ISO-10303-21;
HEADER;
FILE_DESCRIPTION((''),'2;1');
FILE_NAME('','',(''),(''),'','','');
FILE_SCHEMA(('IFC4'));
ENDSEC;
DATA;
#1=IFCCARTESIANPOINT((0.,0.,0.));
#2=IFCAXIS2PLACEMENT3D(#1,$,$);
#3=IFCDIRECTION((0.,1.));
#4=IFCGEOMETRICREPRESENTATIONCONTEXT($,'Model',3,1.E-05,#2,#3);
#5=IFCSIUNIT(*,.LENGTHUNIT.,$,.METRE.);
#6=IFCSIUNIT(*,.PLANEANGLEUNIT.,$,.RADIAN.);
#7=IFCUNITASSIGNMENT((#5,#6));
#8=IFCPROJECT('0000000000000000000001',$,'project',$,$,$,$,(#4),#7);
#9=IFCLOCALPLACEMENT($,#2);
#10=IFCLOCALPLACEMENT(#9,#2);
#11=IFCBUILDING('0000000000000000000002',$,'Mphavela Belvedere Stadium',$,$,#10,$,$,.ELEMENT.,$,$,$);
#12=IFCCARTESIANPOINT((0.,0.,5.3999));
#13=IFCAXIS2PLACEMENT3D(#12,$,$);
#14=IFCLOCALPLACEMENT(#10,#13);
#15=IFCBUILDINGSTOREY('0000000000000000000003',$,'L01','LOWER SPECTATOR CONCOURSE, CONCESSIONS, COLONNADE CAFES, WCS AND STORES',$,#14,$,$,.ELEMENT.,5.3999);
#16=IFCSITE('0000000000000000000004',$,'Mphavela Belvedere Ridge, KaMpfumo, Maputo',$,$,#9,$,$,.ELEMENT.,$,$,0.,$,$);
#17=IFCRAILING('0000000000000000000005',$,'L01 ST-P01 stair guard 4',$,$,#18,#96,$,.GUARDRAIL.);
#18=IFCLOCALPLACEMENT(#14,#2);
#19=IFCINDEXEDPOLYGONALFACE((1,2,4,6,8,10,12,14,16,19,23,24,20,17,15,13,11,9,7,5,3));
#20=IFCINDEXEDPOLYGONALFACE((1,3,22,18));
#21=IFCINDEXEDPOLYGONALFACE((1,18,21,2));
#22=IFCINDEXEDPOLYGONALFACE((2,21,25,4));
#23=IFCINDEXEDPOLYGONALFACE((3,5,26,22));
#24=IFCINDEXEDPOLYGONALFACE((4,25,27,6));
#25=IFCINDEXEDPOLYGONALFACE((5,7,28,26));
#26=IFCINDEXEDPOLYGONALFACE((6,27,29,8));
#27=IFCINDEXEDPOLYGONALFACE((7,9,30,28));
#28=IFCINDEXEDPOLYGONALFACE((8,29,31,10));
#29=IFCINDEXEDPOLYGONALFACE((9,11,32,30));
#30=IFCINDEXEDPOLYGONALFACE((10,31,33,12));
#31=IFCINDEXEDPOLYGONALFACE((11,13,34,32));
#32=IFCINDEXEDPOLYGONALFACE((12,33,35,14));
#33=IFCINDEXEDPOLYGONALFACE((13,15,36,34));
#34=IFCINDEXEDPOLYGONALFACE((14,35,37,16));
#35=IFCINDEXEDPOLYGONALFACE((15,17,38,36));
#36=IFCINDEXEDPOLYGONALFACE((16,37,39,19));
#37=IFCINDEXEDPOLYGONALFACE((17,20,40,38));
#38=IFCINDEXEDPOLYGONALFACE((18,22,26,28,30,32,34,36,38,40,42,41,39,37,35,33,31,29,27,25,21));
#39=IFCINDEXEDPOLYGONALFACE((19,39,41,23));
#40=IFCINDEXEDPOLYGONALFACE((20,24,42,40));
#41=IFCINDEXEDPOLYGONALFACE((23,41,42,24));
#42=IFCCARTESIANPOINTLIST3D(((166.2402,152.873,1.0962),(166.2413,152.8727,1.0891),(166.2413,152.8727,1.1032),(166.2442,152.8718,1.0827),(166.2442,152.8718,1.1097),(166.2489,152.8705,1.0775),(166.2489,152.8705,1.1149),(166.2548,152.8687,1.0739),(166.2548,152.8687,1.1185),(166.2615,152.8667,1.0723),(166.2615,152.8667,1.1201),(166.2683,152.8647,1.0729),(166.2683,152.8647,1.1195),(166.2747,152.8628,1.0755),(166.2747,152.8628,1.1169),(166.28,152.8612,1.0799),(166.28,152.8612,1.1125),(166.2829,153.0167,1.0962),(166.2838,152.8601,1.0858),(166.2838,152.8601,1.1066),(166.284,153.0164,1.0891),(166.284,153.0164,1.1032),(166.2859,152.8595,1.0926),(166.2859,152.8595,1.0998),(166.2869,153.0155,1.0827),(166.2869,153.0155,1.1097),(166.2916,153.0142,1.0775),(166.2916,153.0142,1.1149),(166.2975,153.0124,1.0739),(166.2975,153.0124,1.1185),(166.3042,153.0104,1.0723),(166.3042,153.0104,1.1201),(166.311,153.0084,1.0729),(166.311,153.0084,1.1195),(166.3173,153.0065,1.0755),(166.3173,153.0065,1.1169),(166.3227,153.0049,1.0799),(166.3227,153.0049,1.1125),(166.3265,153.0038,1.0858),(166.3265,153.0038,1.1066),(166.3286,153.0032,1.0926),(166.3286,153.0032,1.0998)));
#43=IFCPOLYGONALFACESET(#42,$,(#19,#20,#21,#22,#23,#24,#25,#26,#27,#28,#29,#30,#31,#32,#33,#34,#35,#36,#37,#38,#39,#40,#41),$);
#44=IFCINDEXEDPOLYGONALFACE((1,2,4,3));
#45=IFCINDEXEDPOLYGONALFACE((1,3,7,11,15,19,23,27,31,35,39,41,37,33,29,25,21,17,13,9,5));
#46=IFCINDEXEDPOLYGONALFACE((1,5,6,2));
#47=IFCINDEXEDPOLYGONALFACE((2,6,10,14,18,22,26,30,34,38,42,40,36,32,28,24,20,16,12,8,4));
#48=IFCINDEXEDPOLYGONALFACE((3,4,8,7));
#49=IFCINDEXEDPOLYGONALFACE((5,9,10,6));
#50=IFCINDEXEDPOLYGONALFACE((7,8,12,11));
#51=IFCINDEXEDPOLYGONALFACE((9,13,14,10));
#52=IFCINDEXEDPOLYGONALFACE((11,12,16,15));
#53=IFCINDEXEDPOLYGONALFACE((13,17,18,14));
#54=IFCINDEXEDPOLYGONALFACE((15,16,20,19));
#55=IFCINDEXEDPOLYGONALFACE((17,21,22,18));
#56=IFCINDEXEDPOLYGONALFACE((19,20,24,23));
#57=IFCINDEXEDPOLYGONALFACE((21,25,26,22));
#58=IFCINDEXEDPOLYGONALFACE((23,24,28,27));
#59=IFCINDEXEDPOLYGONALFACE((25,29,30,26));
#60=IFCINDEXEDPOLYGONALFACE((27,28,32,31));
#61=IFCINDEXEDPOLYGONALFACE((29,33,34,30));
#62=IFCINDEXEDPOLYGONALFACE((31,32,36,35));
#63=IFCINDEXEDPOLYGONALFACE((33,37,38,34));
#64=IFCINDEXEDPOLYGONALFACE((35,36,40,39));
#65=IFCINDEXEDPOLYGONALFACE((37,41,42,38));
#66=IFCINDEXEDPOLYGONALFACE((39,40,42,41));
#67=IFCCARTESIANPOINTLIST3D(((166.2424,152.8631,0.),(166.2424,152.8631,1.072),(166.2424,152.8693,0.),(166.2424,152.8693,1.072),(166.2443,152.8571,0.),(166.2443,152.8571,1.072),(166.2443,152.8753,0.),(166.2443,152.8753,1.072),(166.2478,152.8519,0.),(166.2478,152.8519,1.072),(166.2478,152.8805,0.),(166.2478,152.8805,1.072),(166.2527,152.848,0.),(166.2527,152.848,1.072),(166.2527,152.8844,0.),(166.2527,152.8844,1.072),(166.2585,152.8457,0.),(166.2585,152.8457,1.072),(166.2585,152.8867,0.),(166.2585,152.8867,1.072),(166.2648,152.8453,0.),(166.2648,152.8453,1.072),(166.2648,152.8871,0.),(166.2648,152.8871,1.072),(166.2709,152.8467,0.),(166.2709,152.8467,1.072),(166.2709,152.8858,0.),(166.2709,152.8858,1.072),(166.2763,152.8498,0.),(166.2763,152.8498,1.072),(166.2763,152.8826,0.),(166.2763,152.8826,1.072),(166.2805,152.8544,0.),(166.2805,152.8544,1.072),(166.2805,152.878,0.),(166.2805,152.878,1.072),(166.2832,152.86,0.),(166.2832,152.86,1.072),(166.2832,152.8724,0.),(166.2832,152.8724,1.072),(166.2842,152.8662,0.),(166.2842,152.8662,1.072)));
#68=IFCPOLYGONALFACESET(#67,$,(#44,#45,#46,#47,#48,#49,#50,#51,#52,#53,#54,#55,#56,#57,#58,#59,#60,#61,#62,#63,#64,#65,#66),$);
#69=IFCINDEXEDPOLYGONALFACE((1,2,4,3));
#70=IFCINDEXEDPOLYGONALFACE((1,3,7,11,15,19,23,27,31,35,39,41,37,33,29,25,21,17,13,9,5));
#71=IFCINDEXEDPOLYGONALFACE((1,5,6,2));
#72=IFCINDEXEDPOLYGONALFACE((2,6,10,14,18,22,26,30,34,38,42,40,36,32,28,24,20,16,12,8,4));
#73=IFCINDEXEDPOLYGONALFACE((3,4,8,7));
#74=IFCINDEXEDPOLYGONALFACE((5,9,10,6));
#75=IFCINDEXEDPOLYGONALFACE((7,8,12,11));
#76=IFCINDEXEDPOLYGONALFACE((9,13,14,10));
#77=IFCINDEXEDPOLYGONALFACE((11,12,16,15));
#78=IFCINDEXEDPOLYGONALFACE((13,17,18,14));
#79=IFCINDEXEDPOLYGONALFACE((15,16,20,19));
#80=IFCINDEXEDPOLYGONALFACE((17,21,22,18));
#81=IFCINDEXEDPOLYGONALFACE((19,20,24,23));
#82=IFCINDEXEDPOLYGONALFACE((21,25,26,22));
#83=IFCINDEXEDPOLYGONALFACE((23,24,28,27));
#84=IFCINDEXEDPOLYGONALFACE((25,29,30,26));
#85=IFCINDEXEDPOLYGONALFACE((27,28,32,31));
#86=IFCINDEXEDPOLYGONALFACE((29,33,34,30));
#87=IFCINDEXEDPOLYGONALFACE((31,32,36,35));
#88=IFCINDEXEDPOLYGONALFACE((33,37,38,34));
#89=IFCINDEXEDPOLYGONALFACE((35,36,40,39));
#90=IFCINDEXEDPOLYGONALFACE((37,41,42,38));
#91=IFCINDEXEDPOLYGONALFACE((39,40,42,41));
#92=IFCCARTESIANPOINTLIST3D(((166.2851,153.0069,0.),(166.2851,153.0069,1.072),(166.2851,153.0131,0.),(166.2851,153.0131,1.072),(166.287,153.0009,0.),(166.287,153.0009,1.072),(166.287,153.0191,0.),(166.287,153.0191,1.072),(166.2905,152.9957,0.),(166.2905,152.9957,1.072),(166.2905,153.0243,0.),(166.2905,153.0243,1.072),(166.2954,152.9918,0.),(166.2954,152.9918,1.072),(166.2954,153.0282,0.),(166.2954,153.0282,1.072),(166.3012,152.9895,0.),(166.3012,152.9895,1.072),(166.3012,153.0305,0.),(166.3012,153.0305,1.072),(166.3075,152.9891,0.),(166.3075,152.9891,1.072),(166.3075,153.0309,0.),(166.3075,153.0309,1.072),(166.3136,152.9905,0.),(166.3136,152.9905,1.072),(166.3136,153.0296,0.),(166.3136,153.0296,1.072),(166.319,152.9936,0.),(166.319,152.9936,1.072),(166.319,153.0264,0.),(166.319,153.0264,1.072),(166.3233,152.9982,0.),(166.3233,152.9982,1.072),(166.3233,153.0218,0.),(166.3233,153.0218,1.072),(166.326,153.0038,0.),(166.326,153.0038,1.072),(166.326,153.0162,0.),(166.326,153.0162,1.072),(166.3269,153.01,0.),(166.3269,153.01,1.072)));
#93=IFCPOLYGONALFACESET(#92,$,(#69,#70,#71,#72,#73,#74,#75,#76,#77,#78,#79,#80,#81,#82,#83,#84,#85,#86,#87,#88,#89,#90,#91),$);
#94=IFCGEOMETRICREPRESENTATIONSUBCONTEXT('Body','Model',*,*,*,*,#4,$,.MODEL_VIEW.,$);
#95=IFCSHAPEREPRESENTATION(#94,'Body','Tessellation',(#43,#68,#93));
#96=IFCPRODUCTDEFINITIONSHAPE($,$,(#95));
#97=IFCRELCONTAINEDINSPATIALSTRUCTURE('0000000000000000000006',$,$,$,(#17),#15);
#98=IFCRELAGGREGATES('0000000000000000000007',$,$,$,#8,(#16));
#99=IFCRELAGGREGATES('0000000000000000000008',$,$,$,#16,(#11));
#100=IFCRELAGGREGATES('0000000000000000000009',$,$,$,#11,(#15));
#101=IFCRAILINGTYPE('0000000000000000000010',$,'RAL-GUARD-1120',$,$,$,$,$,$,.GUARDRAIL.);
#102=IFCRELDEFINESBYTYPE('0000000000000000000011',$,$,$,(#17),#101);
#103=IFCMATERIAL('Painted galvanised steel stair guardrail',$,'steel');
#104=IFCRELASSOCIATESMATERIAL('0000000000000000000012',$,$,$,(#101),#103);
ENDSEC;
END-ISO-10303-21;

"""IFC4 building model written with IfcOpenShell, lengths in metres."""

from ifc_helpers import new_model, si_unit, direction, frame, origin, origin_2d, place, context, subcontext, project, spatial, circle, extrude, material, type_object, element, save


model = new_model("IFC4")

# Units and contexts
model_context = context("Model", 3, precision=1e-05, world=origin(), true_north=direction((0.0, 1.0)))
body_context = subcontext(model_context, "Body", "Model", "MODEL_VIEW")
ifc_project = project(units=[si_unit("LENGTHUNIT", "METRE"), si_unit("PLANEANGLEUNIT", "RADIAN")], contexts=[model_context])

# Site, building, storey
site_placement = place(None, origin())
site = spatial("IfcSite", under=ifc_project, at=site_placement, Name="Mphavela Belvedere Ridge, KaMpfumo, Maputo", CompositionType="ELEMENT", RefElevation=0.0)
building_placement = place(site_placement, origin())
building = spatial("IfcBuilding", under=site, at=building_placement, Name="Mphavela Belvedere Stadium", CompositionType="ELEMENT")
storey_placement = place(building_placement, frame((0.0, 0.0, 5.3999)))
storey = spatial("IfcBuildingStorey", under=building, at=storey_placement, Name="L01", Description="LOWER SPECTATOR CONCOURSE, CONCESSIONS, COLONNADE CAFES, WCS AND STORES", CompositionType="ELEMENT", Elevation=5.3999)

# Railing
ifc_material_1 = material(Name="Painted galvanised steel stair guardrail", Category="steel")
railing_type_1 = type_object("IfcRailingType", Name="RAL-GUARD-1120", PredefinedType="GUARDRAIL", material=ifc_material_1)
railing_1_placement = place(storey_placement, frame((166.2632, 152.8662, 0.0)))
element("IfcRailing", 1, at=railing_1_placement, inside=storey, type_object=railing_type_1, Name="L01 ST-P01 stair guard 4", PredefinedType="GUARDRAIL", context=body_context, shape_type="SweptSolid", body=[
    extrude(circle(Radius=0.0239, at=origin_2d()), frame((0.0, 0.0, 1.0962), z_axis=(0.284809, 0.958584, 0.0), x_axis=(-0.958584, 0.284809, 0.0)), (0.0, 0.0, 1.0), 0.1499),
    extrude(circle(Radius=0.021, at=origin_2d()), origin(), (0.0, 0.0, 1.0), 1.072),
    extrude(circle(Radius=0.021, at=origin_2d()), frame((0.0427, 0.1438, 0.0)), (0.0, 0.0, 1.0), 1.072),
])

save(model, "model.ifc")
